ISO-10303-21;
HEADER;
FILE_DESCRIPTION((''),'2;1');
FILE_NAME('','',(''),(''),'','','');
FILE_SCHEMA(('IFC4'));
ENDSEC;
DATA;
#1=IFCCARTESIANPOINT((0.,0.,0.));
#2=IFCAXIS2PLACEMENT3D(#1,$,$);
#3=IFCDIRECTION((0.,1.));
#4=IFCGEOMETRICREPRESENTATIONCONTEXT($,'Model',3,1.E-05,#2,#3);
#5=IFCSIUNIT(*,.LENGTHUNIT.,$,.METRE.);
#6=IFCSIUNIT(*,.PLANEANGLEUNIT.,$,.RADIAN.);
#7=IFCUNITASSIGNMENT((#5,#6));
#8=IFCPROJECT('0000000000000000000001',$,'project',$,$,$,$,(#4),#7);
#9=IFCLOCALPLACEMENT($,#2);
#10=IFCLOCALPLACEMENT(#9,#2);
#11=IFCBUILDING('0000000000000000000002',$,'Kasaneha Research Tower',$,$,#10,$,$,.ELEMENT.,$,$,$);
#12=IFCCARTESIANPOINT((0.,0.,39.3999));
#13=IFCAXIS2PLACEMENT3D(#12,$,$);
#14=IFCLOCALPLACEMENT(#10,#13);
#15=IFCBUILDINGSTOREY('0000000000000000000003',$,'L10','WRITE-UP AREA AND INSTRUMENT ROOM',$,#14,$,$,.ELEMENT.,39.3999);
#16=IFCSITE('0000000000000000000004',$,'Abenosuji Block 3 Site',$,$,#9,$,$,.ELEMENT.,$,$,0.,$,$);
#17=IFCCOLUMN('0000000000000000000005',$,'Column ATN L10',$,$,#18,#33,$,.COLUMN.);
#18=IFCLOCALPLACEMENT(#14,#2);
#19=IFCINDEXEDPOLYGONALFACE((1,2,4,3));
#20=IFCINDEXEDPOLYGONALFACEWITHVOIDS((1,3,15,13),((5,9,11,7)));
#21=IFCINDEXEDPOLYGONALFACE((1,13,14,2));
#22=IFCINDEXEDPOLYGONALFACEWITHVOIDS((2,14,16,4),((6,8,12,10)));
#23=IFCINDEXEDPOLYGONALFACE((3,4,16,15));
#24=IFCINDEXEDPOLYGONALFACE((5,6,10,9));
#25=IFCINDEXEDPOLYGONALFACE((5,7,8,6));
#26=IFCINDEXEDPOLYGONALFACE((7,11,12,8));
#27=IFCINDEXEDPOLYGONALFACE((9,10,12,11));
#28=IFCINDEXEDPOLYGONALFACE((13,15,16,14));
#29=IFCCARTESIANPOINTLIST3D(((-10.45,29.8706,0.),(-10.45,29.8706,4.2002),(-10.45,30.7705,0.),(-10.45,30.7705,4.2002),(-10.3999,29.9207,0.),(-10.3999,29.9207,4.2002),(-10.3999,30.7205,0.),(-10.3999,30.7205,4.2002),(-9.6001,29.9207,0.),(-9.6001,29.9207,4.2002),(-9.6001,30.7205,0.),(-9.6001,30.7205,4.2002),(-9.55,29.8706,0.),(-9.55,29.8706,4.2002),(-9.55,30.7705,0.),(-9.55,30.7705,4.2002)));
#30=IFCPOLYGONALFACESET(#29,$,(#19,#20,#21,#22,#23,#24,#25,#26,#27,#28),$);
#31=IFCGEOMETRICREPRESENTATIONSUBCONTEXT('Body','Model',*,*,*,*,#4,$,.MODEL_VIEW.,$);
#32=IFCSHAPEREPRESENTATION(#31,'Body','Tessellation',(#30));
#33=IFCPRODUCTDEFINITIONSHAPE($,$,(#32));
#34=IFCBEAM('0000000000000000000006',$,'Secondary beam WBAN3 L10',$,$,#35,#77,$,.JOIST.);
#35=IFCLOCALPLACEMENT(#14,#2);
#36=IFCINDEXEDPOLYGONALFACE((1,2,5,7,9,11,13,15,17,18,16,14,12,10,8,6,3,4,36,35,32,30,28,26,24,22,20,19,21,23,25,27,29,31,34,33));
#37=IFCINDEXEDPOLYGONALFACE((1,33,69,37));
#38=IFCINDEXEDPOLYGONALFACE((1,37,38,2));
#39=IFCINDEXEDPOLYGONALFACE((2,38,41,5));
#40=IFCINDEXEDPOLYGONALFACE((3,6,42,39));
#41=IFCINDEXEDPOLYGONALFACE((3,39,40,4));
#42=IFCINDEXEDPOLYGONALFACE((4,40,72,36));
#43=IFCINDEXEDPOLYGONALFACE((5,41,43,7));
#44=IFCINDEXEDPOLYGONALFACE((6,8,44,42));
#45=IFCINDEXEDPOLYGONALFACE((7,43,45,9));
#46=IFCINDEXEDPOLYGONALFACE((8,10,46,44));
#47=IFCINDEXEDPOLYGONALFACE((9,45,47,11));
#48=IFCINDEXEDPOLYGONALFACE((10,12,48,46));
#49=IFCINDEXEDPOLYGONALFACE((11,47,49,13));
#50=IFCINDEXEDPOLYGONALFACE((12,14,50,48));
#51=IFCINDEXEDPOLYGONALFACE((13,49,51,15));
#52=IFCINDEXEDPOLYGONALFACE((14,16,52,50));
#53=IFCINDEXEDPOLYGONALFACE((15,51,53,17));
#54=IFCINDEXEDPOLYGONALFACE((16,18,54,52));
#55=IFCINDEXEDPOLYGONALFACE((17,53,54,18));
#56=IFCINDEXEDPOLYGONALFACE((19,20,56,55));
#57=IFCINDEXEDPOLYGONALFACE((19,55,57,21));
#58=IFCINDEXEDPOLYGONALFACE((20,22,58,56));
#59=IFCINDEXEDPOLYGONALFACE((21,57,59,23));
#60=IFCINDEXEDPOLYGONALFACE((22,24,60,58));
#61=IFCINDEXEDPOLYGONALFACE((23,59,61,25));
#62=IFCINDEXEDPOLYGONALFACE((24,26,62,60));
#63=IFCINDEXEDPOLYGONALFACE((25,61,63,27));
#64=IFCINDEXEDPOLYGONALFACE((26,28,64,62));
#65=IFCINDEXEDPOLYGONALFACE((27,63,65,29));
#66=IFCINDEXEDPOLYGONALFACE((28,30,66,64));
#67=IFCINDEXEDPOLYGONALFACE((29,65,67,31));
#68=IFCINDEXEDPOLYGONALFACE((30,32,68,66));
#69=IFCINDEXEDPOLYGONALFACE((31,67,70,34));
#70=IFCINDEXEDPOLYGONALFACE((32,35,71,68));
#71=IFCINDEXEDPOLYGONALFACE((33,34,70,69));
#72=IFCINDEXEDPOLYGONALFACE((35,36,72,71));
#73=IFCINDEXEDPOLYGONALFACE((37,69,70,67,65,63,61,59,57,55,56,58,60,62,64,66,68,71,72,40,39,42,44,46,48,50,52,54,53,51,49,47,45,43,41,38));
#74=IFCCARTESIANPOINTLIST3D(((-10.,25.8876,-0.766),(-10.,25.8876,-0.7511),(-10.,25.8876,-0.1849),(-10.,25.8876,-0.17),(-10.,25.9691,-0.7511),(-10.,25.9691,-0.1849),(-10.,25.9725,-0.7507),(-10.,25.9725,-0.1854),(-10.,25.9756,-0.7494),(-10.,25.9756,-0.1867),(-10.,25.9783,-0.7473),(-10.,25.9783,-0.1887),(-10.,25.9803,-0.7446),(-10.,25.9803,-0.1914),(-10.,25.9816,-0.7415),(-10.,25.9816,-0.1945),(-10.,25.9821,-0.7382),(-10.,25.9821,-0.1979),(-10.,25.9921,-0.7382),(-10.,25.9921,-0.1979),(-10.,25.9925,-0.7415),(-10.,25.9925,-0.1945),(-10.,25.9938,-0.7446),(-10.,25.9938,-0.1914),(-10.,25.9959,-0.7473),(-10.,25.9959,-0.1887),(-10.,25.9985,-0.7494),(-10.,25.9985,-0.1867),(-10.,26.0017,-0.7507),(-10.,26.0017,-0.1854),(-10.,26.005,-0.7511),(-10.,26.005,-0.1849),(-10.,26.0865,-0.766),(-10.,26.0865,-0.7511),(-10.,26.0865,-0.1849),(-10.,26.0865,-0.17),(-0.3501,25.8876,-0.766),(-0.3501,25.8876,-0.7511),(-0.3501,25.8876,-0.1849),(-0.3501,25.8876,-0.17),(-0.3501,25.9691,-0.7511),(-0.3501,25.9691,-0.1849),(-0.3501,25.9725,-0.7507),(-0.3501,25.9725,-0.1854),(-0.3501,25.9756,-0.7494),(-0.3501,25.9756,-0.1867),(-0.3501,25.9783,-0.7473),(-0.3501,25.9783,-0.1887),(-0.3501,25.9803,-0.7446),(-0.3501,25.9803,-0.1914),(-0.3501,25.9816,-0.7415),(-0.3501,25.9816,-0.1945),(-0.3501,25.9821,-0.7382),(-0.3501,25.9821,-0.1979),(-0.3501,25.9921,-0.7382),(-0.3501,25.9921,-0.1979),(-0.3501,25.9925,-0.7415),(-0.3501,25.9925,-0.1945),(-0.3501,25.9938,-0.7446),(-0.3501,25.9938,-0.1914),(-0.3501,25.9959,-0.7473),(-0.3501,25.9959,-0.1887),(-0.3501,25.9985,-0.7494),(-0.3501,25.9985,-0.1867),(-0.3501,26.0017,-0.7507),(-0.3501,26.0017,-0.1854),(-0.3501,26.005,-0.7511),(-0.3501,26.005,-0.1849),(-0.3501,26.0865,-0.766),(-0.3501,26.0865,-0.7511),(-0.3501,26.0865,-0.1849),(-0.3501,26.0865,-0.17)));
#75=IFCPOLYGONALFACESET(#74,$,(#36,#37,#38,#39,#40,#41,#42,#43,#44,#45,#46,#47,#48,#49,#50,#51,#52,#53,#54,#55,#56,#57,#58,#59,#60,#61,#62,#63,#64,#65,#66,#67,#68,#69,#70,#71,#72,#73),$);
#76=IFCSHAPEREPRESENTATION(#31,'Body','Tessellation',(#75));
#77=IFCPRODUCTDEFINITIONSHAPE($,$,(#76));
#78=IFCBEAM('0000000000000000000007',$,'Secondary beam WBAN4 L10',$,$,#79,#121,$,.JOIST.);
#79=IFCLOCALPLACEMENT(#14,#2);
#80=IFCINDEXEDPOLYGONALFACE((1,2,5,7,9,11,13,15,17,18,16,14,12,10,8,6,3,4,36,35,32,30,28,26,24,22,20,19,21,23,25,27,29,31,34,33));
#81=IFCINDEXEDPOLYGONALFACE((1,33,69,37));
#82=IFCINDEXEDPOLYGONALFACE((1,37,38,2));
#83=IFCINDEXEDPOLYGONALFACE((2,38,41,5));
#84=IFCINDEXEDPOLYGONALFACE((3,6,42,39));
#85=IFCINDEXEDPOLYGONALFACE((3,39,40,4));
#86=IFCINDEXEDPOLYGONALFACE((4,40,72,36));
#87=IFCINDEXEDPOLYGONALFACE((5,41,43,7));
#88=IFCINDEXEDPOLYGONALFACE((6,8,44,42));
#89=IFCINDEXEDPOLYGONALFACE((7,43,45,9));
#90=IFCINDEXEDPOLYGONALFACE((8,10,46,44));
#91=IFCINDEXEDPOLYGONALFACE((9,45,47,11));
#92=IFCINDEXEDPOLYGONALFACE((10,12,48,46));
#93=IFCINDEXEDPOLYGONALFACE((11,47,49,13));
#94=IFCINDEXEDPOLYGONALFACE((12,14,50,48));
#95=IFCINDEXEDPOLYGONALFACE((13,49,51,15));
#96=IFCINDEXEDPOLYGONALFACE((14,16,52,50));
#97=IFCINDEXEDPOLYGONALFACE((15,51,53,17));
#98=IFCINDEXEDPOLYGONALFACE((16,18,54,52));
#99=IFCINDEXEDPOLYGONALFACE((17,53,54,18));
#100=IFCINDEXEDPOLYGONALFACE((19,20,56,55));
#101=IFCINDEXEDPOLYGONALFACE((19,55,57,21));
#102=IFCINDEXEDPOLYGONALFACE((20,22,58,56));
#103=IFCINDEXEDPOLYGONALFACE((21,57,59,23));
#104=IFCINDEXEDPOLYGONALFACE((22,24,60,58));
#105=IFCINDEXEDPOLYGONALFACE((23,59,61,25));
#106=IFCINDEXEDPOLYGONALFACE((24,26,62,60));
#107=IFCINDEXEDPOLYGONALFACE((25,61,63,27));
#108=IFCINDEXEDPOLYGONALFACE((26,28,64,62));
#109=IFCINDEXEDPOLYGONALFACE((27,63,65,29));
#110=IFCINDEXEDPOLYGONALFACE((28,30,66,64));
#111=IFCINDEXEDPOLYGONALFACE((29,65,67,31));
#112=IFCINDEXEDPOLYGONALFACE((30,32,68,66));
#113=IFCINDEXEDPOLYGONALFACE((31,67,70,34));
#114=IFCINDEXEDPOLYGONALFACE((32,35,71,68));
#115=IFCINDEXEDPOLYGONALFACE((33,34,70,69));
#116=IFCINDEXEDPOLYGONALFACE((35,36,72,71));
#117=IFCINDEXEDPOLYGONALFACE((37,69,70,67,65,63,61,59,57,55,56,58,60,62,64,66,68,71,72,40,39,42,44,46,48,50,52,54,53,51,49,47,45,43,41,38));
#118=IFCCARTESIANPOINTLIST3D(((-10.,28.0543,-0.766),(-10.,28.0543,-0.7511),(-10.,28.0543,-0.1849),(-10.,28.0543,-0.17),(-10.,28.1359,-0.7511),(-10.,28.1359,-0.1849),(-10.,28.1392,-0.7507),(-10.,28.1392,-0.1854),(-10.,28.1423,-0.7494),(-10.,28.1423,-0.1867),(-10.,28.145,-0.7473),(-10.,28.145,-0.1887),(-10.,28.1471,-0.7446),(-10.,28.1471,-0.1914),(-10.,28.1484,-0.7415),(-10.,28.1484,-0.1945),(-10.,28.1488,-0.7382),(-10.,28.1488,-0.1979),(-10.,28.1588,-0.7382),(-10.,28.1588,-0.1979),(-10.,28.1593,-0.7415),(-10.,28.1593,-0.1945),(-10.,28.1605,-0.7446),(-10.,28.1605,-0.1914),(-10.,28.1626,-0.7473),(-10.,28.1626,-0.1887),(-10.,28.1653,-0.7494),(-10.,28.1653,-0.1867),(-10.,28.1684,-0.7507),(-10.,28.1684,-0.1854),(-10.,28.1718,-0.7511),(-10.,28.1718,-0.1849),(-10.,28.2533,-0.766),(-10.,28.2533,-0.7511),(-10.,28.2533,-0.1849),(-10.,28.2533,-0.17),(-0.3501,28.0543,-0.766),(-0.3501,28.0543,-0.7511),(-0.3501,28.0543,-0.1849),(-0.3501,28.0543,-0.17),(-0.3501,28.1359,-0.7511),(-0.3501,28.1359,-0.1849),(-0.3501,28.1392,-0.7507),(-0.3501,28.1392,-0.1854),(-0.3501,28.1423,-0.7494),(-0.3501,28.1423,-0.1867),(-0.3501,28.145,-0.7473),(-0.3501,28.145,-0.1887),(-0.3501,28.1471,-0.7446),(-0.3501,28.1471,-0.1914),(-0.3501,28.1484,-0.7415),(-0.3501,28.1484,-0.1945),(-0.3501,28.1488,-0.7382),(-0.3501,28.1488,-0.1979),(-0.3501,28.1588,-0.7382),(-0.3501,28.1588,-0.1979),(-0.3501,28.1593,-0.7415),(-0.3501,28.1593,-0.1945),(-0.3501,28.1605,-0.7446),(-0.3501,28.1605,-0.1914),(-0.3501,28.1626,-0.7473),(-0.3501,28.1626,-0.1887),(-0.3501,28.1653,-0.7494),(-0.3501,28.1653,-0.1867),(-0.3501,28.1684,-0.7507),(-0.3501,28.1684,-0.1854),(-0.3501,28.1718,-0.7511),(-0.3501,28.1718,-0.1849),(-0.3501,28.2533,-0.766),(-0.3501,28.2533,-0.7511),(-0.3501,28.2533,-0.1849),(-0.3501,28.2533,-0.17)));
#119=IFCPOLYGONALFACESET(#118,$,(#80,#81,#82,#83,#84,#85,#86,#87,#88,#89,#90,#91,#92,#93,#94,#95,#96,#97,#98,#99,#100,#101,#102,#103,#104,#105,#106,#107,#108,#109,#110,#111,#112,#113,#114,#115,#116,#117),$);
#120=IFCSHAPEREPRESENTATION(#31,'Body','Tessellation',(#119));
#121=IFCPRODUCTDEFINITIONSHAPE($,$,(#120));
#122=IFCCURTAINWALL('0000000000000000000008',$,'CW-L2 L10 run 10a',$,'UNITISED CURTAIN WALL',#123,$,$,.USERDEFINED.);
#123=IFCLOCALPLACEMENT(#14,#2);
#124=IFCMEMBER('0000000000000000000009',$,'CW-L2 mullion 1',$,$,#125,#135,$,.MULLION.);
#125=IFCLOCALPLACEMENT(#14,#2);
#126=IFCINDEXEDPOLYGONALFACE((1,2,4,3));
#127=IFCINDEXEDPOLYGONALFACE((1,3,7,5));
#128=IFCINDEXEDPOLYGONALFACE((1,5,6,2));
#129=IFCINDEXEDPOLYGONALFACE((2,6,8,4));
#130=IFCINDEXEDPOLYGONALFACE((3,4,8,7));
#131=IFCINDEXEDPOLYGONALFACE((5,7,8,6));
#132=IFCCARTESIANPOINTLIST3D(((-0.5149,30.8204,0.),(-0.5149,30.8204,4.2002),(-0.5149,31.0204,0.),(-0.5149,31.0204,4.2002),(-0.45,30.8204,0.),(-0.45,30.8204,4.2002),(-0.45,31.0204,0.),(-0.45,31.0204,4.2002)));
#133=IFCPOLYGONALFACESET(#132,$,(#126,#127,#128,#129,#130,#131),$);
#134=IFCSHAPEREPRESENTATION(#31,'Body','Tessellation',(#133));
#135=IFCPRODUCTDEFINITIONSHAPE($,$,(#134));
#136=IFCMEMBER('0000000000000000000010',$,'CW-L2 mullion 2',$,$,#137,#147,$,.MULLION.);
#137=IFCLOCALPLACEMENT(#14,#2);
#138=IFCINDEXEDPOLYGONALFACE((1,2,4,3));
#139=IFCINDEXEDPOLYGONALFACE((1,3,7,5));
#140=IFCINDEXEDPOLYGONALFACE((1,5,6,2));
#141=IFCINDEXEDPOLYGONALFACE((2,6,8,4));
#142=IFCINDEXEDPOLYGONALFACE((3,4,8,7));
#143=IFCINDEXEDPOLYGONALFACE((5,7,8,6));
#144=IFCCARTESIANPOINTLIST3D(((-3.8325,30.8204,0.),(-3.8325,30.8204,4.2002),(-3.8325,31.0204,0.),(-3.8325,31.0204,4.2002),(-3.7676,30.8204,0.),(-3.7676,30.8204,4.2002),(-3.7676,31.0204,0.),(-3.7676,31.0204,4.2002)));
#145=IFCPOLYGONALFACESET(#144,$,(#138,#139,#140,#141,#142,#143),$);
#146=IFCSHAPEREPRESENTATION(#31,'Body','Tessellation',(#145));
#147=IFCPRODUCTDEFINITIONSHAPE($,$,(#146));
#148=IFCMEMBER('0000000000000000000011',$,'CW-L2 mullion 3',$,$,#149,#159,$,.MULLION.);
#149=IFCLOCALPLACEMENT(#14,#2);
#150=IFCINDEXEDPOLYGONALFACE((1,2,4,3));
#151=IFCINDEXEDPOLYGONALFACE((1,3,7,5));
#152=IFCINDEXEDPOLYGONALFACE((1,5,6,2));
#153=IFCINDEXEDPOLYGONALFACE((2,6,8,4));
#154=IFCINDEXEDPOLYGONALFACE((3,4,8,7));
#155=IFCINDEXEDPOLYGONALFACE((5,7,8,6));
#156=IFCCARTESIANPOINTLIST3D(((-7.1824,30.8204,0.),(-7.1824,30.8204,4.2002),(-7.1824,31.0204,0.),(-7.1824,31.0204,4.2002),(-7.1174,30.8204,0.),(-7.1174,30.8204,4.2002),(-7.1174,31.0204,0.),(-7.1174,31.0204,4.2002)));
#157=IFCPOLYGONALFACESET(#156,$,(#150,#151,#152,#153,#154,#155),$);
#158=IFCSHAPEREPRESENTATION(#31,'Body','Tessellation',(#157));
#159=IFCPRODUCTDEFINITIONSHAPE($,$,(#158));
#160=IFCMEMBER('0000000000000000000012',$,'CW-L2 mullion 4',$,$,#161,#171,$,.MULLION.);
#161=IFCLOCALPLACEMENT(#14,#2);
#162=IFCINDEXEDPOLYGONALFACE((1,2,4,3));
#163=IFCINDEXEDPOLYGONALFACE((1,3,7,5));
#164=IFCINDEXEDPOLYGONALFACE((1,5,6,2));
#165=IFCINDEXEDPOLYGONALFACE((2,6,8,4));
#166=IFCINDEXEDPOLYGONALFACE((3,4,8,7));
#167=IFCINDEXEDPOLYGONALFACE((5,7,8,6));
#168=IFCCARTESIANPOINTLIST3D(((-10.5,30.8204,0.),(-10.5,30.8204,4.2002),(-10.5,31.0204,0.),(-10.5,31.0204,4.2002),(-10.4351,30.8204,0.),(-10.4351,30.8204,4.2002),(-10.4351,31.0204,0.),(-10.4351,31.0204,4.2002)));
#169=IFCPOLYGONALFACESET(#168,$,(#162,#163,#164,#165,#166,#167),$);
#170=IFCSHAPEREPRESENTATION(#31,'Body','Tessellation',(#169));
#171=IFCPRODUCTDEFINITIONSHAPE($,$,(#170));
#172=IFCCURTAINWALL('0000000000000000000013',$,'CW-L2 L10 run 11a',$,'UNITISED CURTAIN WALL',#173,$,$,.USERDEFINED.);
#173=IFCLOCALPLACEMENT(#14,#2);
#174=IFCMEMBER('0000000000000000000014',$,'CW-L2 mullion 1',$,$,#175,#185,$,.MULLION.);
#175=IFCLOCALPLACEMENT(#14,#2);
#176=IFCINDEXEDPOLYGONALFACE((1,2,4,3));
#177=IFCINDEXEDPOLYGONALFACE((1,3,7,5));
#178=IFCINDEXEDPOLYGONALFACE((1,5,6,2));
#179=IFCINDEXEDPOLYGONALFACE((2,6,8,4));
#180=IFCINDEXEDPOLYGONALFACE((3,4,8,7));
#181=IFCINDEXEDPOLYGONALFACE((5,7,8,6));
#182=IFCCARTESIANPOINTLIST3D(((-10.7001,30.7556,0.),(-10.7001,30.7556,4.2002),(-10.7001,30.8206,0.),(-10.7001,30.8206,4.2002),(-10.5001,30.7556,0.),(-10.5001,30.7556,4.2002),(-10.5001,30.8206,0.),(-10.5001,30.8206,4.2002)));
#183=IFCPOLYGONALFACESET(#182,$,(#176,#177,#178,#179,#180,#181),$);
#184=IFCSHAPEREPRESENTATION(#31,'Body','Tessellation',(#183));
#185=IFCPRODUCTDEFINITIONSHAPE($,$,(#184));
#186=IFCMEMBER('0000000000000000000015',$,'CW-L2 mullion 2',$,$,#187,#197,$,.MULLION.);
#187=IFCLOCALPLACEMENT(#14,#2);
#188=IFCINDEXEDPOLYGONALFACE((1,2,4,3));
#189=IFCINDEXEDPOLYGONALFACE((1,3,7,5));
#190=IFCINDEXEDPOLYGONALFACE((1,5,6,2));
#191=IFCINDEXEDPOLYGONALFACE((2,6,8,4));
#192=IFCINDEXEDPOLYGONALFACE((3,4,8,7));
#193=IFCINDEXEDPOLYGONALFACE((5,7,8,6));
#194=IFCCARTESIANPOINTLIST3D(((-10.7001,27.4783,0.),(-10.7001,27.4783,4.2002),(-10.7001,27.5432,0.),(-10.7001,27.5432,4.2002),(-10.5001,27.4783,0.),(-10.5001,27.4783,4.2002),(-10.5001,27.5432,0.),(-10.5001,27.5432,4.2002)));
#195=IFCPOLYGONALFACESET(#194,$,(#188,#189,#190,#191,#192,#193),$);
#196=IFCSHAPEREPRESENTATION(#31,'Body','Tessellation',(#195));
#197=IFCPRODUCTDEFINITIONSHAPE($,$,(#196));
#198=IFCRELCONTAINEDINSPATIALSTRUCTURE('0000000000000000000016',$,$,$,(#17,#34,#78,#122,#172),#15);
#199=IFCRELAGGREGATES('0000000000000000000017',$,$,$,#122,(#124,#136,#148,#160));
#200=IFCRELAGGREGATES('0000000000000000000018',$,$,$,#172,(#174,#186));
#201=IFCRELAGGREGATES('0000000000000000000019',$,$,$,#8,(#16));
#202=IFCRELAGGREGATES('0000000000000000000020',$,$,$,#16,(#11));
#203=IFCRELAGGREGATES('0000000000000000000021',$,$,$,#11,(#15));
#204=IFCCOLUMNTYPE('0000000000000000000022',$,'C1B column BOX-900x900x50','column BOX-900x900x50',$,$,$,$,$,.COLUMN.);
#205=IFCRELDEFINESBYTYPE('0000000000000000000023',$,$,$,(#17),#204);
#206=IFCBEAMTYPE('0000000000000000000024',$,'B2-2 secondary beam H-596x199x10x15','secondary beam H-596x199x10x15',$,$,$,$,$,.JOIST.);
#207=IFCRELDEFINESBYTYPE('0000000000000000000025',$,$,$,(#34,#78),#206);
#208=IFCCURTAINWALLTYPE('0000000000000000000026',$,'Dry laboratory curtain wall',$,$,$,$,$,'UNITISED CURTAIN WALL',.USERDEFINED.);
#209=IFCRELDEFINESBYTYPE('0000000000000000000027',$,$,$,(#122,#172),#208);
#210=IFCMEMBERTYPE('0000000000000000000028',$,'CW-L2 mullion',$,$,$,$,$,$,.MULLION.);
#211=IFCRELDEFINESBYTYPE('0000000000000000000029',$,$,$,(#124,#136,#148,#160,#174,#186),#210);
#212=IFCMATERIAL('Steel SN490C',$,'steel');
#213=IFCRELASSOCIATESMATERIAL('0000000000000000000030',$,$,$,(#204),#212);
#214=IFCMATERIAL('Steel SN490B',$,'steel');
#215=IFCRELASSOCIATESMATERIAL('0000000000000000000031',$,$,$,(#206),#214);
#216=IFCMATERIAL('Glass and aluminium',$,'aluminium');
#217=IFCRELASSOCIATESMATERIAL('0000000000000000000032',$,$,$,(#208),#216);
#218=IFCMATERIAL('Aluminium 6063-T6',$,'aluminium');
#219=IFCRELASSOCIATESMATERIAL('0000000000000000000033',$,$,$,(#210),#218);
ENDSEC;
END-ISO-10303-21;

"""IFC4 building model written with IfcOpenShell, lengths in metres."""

from ifc_helpers import new_model, si_unit, direction, frame, origin, origin_2d, place, context, subcontext, project, spatial, rectangle, hollow_rectangle, i_section, extrude, material, material_profile, profile_set, type_object, element, aggregate, save


model = new_model("IFC4")

# Units and contexts
model_context = context("Model", 3, precision=1e-05, world=origin(), true_north=direction((0.0, 1.0)))
body_context = subcontext(model_context, "Body", "Model", "MODEL_VIEW")
ifc_project = project(units=[si_unit("LENGTHUNIT", "METRE"), si_unit("PLANEANGLEUNIT", "RADIAN")], contexts=[model_context])

# Site, building, storey
site_placement = place(None, origin())
site = spatial("IfcSite", under=ifc_project, at=site_placement, Name="Abenosuji Block 3 Site", CompositionType="ELEMENT", RefElevation=0.0)
building_placement = place(site_placement, origin())
building = spatial("IfcBuilding", under=site, at=building_placement, Name="Kasaneha Research Tower", CompositionType="ELEMENT")
storey_placement = place(building_placement, frame((0.0, 0.0, 39.3999)))
storey = spatial("IfcBuildingStorey", under=building, at=storey_placement, Name="L10", Description="WRITE-UP AREA AND INSTRUMENT ROOM", CompositionType="ELEMENT", Elevation=39.3999)

# Column
ifc_material_1 = material(Name="Steel SN490C", Category="steel")
ifc_material_profile_1 = material_profile(ifc_material_1, hollow_rectangle(XDim=0.8999, YDim=0.8999, WallThickness=0.05, at=origin_2d()), Name="BOX-900x900x50")
ifc_profile_set_1 = profile_set([ifc_material_profile_1], Name="Steel SN490C")
column_type = type_object("IfcColumnType", Name="C1B column BOX-900x900x50", Description="column BOX-900x900x50", PredefinedType="COLUMN", material=ifc_profile_set_1)
column_placement = place(storey_placement, frame((-10.0, 30.3206, 0.0), z_axis=(0.0, 0.0, 1.0), x_axis=(1.0, 0.0, 0.0)))
element("IfcColumn", 1, at=column_placement, inside=storey, type_object=column_type, Name="Column ATN L10", PredefinedType="COLUMN", context=body_context, shape_type="SweptSolid", body=[
    extrude(hollow_rectangle(XDim=0.8999, YDim=0.8999, WallThickness=0.05, at=origin_2d()), origin(), (0.0, 0.0, 1.0), 4.2002),
])

# Beams
ifc_material_2 = material(Name="Steel SN490B", Category="steel")
ifc_material_profile_2 = material_profile(ifc_material_2, i_section(OverallWidth=0.199, OverallDepth=0.5959, WebThickness=0.01, FlangeThickness=0.0149, FilletRadius=0.0129, at=origin_2d()), Name="H-596x199x10x15")
ifc_profile_set_2 = profile_set([ifc_material_profile_2], Name="Steel SN490B")
beam_type_1 = type_object("IfcBeamType", Name="B2-2 secondary beam H-596x199x10x15", Description="secondary beam H-596x199x10x15", PredefinedType="JOIST", material=ifc_profile_set_2)
for number, where, z_axis, x_axis, name in (
    (2, (-10.0, 25.9871, -0.468), (1.0, 0.0, 0.0), (0.0, 1.0, 0.0), "Secondary beam WBAN3 L10"),
    (3, (-10.0, 28.1538, -0.468), (1.0, 0.0, 0.0), (0.0, 1.0, 0.0), "Secondary beam WBAN4 L10"),
):
    element("IfcBeam", number, at=place(storey_placement, frame(where, z_axis=z_axis, x_axis=x_axis)), inside=storey, type_object=beam_type_1, Name=name, PredefinedType="JOIST", context=body_context, shape_type="SweptSolid", body=[
        extrude(i_section(OverallWidth=0.199, OverallDepth=0.5959, WebThickness=0.01, FlangeThickness=0.0149, FilletRadius=0.0129, at=origin_2d()), origin(), (0.0, 0.0, 1.0), 9.6499),
    ])

# Curtain walls, members
ifc_material_3 = material(Name="Glass and aluminium", Category="aluminium")
curtain_wall_type = type_object("IfcCurtainWallType", Name="Dry laboratory curtain wall", ElementType="UNITISED CURTAIN WALL", PredefinedType="USERDEFINED", material=ifc_material_3)
curtain_wall_1_placement = place(storey_placement, origin())
curtain_wall_1 = element("IfcCurtainWall", 4, at=curtain_wall_1_placement, inside=storey, type_object=curtain_wall_type, Name="CW-L2 L10 run 10a", ObjectType="UNITISED CURTAIN WALL", PredefinedType="USERDEFINED")
ifc_material_4 = material(Name="Aluminium 6063-T6", Category="aluminium")
ifc_material_profile_3 = material_profile(ifc_material_4, rectangle(XDim=0.0649, YDim=0.2, at=origin_2d()), Name="CW-L2 mullion 65x200")
ifc_profile_set_3 = profile_set([ifc_material_profile_3], Name="Aluminium 6063-T6")
member_type_1 = type_object("IfcMemberType", Name="CW-L2 mullion", PredefinedType="MULLION", material=ifc_profile_set_3)
member_1_placement = place(storey_placement, frame((-0.4824, 30.9204, 0.0), z_axis=(0.0, 0.0, 1.0), x_axis=(-1.0, 0.0, 0.0)))
member_1 = element("IfcMember", 5, at=member_1_placement, type_object=member_type_1, Name="CW-L2 mullion 1", PredefinedType="MULLION", context=body_context, shape_type="SweptSolid", body=[
    extrude(rectangle(XDim=0.0649, YDim=0.2, at=origin_2d()), origin(), (0.0, 0.0, 1.0), 4.2002),
])
member_2_placement = place(storey_placement, frame((-3.8, 30.9204, 0.0), z_axis=(0.0, 0.0, 1.0), x_axis=(-1.0, 0.0, 0.0)))
member_2 = element("IfcMember", 6, at=member_2_placement, type_object=member_type_1, Name="CW-L2 mullion 2", PredefinedType="MULLION", context=body_context, shape_type="SweptSolid", body=[
    extrude(rectangle(XDim=0.0649, YDim=0.2, at=origin_2d()), origin(), (0.0, 0.0, 1.0), 4.2002),
])
member_3_placement = place(storey_placement, frame((-7.1499, 30.9204, 0.0), z_axis=(0.0, 0.0, 1.0), x_axis=(-1.0, 0.0, 0.0)))
member_3 = element("IfcMember", 7, at=member_3_placement, type_object=member_type_1, Name="CW-L2 mullion 3", PredefinedType="MULLION", context=body_context, shape_type="SweptSolid", body=[
    extrude(rectangle(XDim=0.0649, YDim=0.2, at=origin_2d()), origin(), (0.0, 0.0, 1.0), 4.2002),
])
member_4_placement = place(storey_placement, frame((-10.4675, 30.9204, 0.0), z_axis=(0.0, 0.0, 1.0), x_axis=(-1.0, 0.0, 0.0)))
member_4 = element("IfcMember", 8, at=member_4_placement, type_object=member_type_1, Name="CW-L2 mullion 4", PredefinedType="MULLION", context=body_context, shape_type="SweptSolid", body=[
    extrude(rectangle(XDim=0.0649, YDim=0.2, at=origin_2d()), origin(), (0.0, 0.0, 1.0), 4.2002),
])
curtain_wall_2_placement = place(storey_placement, origin())
curtain_wall_2 = element("IfcCurtainWall", 9, at=curtain_wall_2_placement, inside=storey, type_object=curtain_wall_type, Name="CW-L2 L10 run 11a", ObjectType="UNITISED CURTAIN WALL", PredefinedType="USERDEFINED")
member_5_placement = place(storey_placement, frame((-10.6001, 30.7881, 0.0), z_axis=(0.0, 0.0, 1.0), x_axis=(0.0, -1.0, 0.0)))
member_5 = element("IfcMember", 10, at=member_5_placement, type_object=member_type_1, Name="CW-L2 mullion 1", PredefinedType="MULLION", context=body_context, shape_type="SweptSolid", body=[
    extrude(rectangle(XDim=0.0649, YDim=0.2, at=origin_2d()), origin(), (0.0, 0.0, 1.0), 4.2002),
])
member_6_placement = place(storey_placement, frame((-10.6001, 27.5107, 0.0), z_axis=(0.0, 0.0, 1.0), x_axis=(0.0, -1.0, 0.0)))
member_6 = element("IfcMember", 11, at=member_6_placement, type_object=member_type_1, Name="CW-L2 mullion 2", PredefinedType="MULLION", context=body_context, shape_type="SweptSolid", body=[
    extrude(rectangle(XDim=0.0649, YDim=0.2, at=origin_2d()), origin(), (0.0, 0.0, 1.0), 4.2002),
])

aggregate(curtain_wall_1, [member_1, member_2, member_3, member_4])
aggregate(curtain_wall_2, [member_5, member_6])

save(model, "model.ifc")
